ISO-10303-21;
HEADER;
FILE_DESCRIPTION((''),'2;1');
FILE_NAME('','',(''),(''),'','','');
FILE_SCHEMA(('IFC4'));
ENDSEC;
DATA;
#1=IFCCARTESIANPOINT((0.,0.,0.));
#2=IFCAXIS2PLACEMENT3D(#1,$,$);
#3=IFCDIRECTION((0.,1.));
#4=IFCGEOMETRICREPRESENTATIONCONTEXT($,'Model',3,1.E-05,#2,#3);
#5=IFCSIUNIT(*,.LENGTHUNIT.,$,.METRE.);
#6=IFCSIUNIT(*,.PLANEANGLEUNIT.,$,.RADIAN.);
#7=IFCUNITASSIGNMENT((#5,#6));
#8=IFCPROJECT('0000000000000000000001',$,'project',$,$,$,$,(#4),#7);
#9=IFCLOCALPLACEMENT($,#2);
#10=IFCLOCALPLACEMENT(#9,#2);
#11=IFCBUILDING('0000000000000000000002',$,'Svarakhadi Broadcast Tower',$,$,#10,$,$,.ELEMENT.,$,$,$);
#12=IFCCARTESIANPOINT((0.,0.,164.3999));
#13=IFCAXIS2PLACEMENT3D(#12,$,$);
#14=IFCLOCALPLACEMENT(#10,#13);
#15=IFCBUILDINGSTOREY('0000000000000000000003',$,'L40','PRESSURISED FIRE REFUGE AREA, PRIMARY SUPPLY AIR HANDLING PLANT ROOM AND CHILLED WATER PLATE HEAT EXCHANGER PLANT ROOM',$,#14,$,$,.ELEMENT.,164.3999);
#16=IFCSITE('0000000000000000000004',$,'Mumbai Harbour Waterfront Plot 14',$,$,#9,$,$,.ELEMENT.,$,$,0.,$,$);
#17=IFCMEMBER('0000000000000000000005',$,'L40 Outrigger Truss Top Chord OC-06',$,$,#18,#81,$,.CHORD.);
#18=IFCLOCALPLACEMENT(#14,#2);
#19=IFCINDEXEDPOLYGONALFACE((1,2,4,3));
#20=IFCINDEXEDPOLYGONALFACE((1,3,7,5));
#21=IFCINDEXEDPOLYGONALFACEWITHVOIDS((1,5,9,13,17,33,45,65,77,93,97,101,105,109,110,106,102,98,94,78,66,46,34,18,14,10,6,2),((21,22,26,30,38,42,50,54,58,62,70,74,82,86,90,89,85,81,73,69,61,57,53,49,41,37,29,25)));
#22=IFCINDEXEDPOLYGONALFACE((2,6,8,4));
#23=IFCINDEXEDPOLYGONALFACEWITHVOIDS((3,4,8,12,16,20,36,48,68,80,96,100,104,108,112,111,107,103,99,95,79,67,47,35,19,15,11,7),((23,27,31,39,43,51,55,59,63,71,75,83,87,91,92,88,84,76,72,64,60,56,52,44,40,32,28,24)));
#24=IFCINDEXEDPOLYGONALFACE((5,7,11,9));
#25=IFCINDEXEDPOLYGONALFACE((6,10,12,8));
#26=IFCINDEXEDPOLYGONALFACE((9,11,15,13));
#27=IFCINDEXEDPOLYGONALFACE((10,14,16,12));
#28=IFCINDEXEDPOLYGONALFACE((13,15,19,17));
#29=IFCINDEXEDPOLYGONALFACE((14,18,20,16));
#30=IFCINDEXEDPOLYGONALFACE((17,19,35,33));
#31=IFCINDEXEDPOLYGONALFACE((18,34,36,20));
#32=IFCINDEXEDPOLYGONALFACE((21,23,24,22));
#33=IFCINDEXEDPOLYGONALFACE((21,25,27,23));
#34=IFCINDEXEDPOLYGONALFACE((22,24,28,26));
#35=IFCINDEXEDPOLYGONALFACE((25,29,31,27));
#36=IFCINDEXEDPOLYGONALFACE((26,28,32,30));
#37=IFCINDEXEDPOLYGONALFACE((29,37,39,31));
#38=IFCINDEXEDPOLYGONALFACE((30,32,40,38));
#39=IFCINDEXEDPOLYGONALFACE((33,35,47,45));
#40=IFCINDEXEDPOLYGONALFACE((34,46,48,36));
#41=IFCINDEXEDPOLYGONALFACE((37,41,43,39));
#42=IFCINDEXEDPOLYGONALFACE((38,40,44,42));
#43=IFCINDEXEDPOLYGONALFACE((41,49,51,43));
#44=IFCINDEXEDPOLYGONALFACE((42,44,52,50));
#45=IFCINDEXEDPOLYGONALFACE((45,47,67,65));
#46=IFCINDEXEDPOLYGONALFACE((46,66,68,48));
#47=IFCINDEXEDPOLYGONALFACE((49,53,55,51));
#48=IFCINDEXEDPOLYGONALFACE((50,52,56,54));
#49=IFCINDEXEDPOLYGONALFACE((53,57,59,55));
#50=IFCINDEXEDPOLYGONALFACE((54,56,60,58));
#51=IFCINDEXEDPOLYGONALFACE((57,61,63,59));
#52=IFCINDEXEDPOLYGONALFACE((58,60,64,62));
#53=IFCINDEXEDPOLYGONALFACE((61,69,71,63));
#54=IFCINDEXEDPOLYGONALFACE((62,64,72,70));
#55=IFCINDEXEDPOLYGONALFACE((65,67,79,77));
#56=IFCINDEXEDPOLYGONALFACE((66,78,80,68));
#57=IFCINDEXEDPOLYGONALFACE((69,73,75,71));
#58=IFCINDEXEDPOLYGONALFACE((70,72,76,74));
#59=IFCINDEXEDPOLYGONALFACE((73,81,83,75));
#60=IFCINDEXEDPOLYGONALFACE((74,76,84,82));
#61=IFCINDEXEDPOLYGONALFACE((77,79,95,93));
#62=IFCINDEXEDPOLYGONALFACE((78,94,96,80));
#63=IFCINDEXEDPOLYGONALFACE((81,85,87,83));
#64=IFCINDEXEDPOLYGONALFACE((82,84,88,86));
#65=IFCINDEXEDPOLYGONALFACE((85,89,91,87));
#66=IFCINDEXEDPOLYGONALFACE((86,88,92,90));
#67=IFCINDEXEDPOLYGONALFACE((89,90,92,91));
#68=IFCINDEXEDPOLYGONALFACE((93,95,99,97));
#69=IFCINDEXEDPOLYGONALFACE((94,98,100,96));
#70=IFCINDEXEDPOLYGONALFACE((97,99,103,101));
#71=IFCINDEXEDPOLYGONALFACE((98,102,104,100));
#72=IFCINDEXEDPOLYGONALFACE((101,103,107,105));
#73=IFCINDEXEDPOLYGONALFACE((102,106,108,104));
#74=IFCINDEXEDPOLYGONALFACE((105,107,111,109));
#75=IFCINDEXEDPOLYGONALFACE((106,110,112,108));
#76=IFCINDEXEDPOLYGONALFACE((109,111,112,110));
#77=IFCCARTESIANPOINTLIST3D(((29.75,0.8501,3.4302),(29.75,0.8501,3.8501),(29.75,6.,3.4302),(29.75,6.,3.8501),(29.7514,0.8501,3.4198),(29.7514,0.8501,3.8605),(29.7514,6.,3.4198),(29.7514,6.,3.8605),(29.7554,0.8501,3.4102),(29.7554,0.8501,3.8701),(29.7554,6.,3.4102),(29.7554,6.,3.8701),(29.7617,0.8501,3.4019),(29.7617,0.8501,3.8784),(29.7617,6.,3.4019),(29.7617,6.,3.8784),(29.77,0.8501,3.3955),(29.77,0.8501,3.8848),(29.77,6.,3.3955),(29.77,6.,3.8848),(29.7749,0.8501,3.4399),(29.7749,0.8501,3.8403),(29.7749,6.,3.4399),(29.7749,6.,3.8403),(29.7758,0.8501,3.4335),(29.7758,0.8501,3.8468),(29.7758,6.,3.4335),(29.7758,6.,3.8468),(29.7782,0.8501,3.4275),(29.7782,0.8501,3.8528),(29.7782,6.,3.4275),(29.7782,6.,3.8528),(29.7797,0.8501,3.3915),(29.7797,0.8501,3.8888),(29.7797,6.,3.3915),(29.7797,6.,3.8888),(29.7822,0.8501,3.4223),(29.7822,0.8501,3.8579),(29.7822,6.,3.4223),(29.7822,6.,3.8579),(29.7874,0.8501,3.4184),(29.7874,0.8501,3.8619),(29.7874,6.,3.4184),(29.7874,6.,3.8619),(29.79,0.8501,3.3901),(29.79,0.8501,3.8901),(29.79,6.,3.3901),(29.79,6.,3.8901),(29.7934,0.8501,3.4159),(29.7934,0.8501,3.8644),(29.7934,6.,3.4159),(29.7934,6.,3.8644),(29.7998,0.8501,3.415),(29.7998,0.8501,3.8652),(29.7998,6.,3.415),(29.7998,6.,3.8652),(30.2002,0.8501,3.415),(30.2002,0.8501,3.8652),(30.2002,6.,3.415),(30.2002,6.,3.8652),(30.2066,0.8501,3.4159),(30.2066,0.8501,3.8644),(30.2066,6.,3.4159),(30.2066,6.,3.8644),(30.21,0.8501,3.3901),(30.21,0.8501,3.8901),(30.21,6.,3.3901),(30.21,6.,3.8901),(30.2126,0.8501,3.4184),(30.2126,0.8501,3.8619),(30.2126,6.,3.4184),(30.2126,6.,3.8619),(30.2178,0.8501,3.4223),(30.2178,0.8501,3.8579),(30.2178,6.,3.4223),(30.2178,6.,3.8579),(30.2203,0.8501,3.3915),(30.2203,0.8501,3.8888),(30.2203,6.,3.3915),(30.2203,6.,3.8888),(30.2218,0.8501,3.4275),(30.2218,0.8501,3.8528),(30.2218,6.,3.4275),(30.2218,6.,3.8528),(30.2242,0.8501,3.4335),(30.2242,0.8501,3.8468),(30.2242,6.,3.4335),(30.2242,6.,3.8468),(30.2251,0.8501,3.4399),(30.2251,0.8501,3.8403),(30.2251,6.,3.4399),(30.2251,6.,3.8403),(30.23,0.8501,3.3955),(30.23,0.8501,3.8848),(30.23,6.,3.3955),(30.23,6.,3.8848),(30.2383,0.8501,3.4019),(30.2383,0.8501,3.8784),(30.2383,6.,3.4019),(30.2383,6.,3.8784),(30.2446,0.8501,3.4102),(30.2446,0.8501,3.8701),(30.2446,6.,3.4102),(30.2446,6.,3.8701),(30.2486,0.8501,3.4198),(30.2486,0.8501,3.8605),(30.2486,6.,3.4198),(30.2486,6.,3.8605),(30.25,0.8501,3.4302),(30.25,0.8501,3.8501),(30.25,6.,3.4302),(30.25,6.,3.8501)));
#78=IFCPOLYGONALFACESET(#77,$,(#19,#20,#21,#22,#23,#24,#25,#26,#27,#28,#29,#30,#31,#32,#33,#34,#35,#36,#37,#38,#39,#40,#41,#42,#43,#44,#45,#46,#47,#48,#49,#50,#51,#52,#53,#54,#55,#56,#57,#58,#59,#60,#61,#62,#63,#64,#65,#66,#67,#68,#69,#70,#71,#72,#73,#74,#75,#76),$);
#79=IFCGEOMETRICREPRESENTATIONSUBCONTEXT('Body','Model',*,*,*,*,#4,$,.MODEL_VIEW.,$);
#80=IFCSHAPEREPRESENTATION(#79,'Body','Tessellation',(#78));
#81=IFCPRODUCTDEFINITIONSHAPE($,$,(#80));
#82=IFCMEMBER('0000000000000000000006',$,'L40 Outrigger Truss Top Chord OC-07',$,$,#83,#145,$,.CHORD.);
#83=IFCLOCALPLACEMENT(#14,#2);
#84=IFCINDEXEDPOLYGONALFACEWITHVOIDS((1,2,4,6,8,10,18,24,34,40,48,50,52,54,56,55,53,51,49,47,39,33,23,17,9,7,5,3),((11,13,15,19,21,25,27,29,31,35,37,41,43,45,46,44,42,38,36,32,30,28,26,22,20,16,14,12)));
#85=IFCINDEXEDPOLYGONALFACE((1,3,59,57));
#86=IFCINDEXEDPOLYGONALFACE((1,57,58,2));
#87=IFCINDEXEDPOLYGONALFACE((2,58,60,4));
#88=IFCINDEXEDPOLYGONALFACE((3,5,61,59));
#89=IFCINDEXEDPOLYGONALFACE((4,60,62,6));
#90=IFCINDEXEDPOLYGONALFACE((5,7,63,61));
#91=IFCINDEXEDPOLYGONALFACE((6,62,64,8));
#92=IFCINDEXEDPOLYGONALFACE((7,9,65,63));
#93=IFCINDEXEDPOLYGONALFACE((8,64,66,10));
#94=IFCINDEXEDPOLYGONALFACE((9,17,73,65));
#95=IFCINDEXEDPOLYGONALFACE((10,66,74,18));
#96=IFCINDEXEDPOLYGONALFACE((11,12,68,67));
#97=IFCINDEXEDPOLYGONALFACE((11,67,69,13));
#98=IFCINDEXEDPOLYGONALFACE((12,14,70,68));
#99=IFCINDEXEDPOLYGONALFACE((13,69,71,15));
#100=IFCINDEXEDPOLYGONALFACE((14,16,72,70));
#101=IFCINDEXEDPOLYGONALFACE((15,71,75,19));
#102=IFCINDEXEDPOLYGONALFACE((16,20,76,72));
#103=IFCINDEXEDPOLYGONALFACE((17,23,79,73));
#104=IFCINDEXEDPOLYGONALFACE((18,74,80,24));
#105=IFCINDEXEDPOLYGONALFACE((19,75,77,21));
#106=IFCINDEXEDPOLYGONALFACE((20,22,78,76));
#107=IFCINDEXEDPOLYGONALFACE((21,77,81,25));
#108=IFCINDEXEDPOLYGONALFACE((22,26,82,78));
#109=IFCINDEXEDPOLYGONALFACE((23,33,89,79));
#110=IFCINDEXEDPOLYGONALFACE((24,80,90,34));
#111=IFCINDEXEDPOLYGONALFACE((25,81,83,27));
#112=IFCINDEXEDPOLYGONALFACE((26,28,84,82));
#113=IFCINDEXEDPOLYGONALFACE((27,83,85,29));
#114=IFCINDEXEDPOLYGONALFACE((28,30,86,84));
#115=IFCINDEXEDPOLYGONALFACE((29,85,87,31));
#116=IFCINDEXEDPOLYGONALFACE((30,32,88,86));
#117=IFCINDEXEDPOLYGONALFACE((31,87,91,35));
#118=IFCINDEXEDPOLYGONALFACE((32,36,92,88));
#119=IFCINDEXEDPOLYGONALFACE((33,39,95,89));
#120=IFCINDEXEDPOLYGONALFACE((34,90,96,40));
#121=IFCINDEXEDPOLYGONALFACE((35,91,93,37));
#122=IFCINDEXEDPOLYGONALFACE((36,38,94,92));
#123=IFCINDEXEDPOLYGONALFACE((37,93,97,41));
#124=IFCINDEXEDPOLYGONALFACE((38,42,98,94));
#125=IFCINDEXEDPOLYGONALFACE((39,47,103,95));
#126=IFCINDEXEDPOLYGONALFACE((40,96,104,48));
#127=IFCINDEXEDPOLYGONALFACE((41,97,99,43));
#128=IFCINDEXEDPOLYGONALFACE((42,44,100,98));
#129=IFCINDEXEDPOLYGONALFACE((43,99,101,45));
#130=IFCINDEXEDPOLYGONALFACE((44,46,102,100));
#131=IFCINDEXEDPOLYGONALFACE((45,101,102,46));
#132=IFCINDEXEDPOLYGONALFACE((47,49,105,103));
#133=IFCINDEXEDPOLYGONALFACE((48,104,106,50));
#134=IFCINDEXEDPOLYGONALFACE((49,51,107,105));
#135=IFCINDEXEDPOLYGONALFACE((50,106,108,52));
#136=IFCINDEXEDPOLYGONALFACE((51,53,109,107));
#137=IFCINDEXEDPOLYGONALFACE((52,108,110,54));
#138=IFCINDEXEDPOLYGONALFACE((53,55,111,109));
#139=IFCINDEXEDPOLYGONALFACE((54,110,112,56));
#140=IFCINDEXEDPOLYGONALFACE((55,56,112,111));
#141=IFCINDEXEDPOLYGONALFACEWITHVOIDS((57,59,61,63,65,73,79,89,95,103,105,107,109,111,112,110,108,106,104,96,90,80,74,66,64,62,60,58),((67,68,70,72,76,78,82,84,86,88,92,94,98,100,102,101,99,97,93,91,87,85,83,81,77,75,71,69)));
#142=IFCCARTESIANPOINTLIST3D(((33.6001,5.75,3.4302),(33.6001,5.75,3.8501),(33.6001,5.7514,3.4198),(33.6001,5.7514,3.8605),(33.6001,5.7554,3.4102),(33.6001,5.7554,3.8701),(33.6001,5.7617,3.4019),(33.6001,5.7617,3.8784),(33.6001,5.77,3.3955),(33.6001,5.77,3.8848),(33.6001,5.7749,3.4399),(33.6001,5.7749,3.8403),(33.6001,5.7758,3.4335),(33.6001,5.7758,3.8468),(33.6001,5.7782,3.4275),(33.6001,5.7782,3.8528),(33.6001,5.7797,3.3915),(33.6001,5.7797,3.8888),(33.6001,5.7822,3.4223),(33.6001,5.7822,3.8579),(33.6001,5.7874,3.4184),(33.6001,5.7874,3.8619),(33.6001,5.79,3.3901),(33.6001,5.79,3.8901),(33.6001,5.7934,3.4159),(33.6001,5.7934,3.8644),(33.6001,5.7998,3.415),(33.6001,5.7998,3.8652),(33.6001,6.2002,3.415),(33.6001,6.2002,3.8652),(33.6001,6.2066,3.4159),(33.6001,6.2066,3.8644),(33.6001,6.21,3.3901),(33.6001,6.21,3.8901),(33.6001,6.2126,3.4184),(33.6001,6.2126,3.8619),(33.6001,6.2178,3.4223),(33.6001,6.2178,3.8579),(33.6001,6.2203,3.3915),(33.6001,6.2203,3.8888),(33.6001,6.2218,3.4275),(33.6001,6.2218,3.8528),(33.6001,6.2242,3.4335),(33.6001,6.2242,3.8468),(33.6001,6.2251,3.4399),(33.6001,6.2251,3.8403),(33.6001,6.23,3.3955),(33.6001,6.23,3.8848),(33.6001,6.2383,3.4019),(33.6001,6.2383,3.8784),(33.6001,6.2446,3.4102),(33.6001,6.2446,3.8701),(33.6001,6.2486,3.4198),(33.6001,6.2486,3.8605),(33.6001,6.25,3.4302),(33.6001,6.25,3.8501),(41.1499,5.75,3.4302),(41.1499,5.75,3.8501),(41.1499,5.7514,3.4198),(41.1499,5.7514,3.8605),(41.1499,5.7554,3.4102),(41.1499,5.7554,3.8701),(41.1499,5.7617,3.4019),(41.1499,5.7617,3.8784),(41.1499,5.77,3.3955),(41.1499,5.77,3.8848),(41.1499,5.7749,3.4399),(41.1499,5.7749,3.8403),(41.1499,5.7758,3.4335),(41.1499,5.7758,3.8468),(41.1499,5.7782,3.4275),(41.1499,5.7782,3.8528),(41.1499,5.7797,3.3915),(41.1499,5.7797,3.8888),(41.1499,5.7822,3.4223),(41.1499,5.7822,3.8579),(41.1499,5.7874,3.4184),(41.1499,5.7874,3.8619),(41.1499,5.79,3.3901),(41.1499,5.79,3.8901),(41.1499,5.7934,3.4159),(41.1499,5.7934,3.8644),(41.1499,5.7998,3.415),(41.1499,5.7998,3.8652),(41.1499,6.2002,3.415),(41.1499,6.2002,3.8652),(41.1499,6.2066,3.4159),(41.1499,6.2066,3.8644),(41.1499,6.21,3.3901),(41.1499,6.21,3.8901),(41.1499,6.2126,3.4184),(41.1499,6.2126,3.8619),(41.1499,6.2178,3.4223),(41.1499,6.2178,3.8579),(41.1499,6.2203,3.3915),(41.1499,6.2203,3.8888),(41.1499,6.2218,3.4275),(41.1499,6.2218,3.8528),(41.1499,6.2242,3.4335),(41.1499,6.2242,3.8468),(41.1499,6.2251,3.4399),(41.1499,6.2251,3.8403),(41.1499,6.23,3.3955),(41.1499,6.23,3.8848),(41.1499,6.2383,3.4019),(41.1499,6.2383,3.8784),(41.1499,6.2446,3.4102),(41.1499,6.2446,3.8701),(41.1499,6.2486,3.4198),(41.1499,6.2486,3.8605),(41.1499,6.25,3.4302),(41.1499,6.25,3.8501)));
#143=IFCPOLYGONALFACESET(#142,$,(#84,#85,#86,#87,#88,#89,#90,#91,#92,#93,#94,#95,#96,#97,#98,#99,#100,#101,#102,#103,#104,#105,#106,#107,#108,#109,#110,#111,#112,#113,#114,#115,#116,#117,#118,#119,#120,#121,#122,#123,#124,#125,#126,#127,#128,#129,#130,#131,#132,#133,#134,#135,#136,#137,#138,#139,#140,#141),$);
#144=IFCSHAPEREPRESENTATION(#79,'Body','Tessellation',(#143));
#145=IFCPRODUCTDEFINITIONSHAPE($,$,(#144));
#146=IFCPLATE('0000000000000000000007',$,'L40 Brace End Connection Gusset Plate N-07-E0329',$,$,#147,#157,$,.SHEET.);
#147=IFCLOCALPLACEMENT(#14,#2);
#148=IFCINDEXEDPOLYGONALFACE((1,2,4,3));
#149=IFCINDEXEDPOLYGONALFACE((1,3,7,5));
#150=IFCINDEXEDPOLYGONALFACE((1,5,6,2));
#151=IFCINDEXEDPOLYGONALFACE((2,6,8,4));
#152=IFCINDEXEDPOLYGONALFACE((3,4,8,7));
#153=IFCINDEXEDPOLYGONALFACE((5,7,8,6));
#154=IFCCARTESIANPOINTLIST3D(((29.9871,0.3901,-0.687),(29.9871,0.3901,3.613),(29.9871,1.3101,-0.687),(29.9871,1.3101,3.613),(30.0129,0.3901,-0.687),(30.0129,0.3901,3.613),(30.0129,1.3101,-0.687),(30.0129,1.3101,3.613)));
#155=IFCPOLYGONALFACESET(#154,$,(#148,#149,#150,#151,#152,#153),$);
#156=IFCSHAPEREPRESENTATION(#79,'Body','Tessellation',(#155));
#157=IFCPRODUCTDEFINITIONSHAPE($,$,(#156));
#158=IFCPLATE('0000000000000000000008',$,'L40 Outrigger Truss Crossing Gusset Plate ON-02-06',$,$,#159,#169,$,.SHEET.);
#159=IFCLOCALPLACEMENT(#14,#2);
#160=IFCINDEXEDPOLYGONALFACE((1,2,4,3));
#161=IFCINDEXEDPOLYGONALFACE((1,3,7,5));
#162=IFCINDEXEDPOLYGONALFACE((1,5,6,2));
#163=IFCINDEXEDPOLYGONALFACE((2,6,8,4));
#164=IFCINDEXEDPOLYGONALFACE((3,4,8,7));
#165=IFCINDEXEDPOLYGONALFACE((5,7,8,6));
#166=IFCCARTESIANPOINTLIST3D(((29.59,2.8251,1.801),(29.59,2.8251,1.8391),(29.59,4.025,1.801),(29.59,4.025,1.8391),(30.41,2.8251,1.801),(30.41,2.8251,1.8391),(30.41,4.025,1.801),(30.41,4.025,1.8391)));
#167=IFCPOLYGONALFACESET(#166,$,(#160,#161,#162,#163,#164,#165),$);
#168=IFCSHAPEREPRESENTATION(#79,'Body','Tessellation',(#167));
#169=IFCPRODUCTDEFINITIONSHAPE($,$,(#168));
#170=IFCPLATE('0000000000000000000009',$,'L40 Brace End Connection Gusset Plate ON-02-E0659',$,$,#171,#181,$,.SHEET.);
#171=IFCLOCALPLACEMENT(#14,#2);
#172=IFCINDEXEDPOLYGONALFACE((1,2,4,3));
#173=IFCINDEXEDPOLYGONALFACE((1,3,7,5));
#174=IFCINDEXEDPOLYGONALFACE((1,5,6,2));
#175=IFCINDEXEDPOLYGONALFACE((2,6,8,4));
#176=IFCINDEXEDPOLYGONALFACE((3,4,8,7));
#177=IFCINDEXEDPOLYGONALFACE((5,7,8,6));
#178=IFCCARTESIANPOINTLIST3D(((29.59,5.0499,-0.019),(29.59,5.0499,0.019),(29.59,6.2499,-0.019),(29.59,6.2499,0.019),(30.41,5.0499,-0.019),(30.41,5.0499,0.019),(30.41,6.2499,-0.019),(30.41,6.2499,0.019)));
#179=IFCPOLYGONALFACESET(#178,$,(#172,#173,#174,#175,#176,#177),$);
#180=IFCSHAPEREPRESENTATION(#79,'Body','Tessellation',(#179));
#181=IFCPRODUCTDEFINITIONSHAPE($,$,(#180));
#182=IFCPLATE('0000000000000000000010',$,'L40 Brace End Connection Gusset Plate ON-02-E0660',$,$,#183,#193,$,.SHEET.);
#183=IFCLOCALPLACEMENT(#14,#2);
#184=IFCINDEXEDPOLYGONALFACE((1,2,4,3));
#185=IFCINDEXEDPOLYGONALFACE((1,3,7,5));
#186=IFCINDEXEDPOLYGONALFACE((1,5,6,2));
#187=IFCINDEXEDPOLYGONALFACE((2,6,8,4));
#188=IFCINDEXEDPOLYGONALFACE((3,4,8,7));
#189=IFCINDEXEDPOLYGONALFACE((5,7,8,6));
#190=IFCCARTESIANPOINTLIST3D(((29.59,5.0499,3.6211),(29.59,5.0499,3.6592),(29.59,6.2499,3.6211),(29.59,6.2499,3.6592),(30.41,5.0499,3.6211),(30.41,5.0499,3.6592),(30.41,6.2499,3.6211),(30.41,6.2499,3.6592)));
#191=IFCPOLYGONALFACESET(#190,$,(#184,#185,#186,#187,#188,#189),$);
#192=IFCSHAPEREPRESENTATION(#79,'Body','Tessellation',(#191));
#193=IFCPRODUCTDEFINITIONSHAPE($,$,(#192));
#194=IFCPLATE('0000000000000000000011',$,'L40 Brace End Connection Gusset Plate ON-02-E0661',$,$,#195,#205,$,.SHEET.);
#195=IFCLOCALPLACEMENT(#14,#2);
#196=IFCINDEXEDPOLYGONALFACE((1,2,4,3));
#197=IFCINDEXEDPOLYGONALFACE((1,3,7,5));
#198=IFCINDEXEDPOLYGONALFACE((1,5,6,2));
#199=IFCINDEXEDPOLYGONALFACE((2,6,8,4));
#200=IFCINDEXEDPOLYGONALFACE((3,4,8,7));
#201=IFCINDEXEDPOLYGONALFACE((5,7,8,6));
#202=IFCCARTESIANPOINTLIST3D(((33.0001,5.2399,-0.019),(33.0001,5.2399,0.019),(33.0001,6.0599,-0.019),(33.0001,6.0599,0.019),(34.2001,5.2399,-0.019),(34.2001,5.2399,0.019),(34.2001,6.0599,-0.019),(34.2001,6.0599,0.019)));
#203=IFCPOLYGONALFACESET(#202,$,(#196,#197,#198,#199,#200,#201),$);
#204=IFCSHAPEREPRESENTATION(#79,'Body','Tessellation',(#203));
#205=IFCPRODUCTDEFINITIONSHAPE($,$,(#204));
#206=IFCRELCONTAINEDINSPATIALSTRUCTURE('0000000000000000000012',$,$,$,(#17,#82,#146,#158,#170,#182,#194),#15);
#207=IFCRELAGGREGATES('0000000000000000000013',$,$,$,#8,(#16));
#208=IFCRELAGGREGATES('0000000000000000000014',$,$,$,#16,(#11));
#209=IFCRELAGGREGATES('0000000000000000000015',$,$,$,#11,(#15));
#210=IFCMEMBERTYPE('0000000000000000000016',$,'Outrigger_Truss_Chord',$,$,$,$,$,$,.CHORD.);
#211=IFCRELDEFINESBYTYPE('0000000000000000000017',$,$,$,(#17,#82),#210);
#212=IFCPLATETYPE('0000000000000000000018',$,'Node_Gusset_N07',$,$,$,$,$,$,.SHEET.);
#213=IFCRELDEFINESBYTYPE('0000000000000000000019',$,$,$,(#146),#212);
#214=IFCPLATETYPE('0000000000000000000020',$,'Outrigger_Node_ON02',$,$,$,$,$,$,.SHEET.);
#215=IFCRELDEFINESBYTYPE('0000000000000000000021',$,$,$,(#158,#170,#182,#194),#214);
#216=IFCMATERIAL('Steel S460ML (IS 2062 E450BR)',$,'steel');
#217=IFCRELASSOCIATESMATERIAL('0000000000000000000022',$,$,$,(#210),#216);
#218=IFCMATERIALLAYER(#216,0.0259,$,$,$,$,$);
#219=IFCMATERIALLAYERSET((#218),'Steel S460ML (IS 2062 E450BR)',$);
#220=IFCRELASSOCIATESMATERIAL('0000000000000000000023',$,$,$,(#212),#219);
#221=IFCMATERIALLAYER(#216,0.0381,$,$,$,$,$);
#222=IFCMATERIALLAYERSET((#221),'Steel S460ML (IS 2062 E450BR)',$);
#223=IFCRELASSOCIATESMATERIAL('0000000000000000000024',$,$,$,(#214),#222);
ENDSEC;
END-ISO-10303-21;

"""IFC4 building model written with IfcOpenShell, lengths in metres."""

from ifc_helpers import new_model, si_unit, direction, frame, origin, origin_2d, place, context, subcontext, project, spatial, rectangle, hollow_rectangle, extrude, material, layer, layer_set, material_profile, profile_set, type_object, element, save


model = new_model("IFC4")

# Units and contexts
model_context = context("Model", 3, precision=1e-05, world=origin(), true_north=direction((0.0, 1.0)))
body_context = subcontext(model_context, "Body", "Model", "MODEL_VIEW")
ifc_project = project(units=[si_unit("LENGTHUNIT", "METRE"), si_unit("PLANEANGLEUNIT", "RADIAN")], contexts=[model_context])

# Site, building, storey
site_placement = place(None, origin())
site = spatial("IfcSite", under=ifc_project, at=site_placement, Name="Mumbai Harbour Waterfront Plot 14", CompositionType="ELEMENT", RefElevation=0.0)
building_placement = place(site_placement, origin())
building = spatial("IfcBuilding", under=site, at=building_placement, Name="Svarakhadi Broadcast Tower", CompositionType="ELEMENT")
storey_placement = place(building_placement, frame((0.0, 0.0, 164.3999)))
storey = spatial("IfcBuildingStorey", under=building, at=storey_placement, Name="L40", Description="PRESSURISED FIRE REFUGE AREA, PRIMARY SUPPLY AIR HANDLING PLANT ROOM AND CHILLED WATER PLATE HEAT EXCHANGER PLANT ROOM", CompositionType="ELEMENT", Elevation=164.3999)

# Shared definitions
ifc_material_1 = material(Name="Steel S460ML (IS 2062 E450BR)", Category="steel")

# Members
ifc_material_profile_1 = material_profile(ifc_material_1, hollow_rectangle(XDim=0.5, YDim=0.5, WallThickness=0.0249, InnerFilletRadius=0.0249, OuterFilletRadius=0.04, at=origin_2d()), Name="SHS 500x500x25")
ifc_profile_set_1 = profile_set([ifc_material_profile_1], Name="Steel S460ML (IS 2062 E450BR)")
member_type_1 = type_object("IfcMemberType", Name="Outrigger_Truss_Chord", PredefinedType="CHORD", material=ifc_profile_set_1)
member_1_placement = place(storey_placement, frame((30.0, 6.0, 3.6401), z_axis=(0.0, -1.0, 0.0), x_axis=(1.0, 0.0, 0.0)))
element("IfcMember", 1, at=member_1_placement, inside=storey, type_object=member_type_1, Name="L40 Outrigger Truss Top Chord OC-06", PredefinedType="CHORD", context=body_context, shape_type="SweptSolid", body=[
    extrude(hollow_rectangle(XDim=0.5, YDim=0.5, WallThickness=0.0249, InnerFilletRadius=0.0249, OuterFilletRadius=0.04, at=origin_2d()), origin(), (0.0, 0.0, 1.0), 5.1499),
])
member_2_placement = place(storey_placement, frame((33.6001, 6.0, 3.6401), z_axis=(1.0, 0.0, 0.0), x_axis=(0.0, 1.0, 0.0)))
element("IfcMember", 2, at=member_2_placement, inside=storey, type_object=member_type_1, Name="L40 Outrigger Truss Top Chord OC-07", PredefinedType="CHORD", context=body_context, shape_type="SweptSolid", body=[
    extrude(hollow_rectangle(XDim=0.5, YDim=0.5, WallThickness=0.0249, InnerFilletRadius=0.0249, OuterFilletRadius=0.04, at=origin_2d()), origin(), (0.0, 0.0, 1.0), 7.5498),
])

# Plates
ifc_layer_1 = layer(ifc_material_1, 0.0259)
ifc_layer_set_1 = layer_set([ifc_layer_1], Name="Steel S460ML (IS 2062 E450BR)")
plate_type_1 = type_object("IfcPlateType", Name="Node_Gusset_N07", PredefinedType="SHEET", material=ifc_layer_set_1)
plate_placement = place(storey_placement, frame((30.0, 0.8501, -0.687), z_axis=(0.0, 0.0, 1.0), x_axis=(0.0, 1.0, 0.0)))
element("IfcPlate", 3, at=plate_placement, inside=storey, type_object=plate_type_1, Name="L40 Brace End Connection Gusset Plate N-07-E0329", PredefinedType="SHEET", context=body_context, shape_type="SweptSolid", body=[
    extrude(rectangle(XDim=0.9199, YDim=0.0259, at=origin_2d()), origin(), (0.0, 0.0, 1.0), 4.3),
])
ifc_layer_2 = layer(ifc_material_1, 0.0381)
ifc_layer_set_2 = layer_set([ifc_layer_2], Name="Steel S460ML (IS 2062 E450BR)")
plate_type_2 = type_object("IfcPlateType", Name="Outrigger_Node_ON02", PredefinedType="SHEET", material=ifc_layer_set_2)
for number, where, z_axis, x_axis, name in (
    (4, (30.0, 3.425, 1.801), (0.0, 0.0, 1.0), (0.0, 1.0, 0.0), "L40 Outrigger Truss Crossing Gusset Plate ON-02-06"),
    (5, (30.0, 5.6499, -0.019), (0.0, 0.0, 1.0), (0.0, 1.0, 0.0), "L40 Brace End Connection Gusset Plate ON-02-E0659"),
    (6, (30.0, 5.6499, 3.6211), (0.0, 0.0, 1.0), (0.0, 1.0, 0.0), "L40 Brace End Connection Gusset Plate ON-02-E0660"),
    (7, (33.6001, 5.6499, -0.019), (0.0, 0.0, 1.0), (1.0, 0.0, 0.0), "L40 Brace End Connection Gusset Plate ON-02-E0661"),
):
    element("IfcPlate", number, at=place(storey_placement, frame(where, z_axis=z_axis, x_axis=x_axis)), inside=storey, type_object=plate_type_2, Name=name, PredefinedType="SHEET", context=body_context, shape_type="SweptSolid", body=[
        extrude(rectangle(XDim=1.2, YDim=0.8201, at=origin_2d()), origin(), (0.0, 0.0, 1.0), 0.0381),
    ])

save(model, "model.ifc")
